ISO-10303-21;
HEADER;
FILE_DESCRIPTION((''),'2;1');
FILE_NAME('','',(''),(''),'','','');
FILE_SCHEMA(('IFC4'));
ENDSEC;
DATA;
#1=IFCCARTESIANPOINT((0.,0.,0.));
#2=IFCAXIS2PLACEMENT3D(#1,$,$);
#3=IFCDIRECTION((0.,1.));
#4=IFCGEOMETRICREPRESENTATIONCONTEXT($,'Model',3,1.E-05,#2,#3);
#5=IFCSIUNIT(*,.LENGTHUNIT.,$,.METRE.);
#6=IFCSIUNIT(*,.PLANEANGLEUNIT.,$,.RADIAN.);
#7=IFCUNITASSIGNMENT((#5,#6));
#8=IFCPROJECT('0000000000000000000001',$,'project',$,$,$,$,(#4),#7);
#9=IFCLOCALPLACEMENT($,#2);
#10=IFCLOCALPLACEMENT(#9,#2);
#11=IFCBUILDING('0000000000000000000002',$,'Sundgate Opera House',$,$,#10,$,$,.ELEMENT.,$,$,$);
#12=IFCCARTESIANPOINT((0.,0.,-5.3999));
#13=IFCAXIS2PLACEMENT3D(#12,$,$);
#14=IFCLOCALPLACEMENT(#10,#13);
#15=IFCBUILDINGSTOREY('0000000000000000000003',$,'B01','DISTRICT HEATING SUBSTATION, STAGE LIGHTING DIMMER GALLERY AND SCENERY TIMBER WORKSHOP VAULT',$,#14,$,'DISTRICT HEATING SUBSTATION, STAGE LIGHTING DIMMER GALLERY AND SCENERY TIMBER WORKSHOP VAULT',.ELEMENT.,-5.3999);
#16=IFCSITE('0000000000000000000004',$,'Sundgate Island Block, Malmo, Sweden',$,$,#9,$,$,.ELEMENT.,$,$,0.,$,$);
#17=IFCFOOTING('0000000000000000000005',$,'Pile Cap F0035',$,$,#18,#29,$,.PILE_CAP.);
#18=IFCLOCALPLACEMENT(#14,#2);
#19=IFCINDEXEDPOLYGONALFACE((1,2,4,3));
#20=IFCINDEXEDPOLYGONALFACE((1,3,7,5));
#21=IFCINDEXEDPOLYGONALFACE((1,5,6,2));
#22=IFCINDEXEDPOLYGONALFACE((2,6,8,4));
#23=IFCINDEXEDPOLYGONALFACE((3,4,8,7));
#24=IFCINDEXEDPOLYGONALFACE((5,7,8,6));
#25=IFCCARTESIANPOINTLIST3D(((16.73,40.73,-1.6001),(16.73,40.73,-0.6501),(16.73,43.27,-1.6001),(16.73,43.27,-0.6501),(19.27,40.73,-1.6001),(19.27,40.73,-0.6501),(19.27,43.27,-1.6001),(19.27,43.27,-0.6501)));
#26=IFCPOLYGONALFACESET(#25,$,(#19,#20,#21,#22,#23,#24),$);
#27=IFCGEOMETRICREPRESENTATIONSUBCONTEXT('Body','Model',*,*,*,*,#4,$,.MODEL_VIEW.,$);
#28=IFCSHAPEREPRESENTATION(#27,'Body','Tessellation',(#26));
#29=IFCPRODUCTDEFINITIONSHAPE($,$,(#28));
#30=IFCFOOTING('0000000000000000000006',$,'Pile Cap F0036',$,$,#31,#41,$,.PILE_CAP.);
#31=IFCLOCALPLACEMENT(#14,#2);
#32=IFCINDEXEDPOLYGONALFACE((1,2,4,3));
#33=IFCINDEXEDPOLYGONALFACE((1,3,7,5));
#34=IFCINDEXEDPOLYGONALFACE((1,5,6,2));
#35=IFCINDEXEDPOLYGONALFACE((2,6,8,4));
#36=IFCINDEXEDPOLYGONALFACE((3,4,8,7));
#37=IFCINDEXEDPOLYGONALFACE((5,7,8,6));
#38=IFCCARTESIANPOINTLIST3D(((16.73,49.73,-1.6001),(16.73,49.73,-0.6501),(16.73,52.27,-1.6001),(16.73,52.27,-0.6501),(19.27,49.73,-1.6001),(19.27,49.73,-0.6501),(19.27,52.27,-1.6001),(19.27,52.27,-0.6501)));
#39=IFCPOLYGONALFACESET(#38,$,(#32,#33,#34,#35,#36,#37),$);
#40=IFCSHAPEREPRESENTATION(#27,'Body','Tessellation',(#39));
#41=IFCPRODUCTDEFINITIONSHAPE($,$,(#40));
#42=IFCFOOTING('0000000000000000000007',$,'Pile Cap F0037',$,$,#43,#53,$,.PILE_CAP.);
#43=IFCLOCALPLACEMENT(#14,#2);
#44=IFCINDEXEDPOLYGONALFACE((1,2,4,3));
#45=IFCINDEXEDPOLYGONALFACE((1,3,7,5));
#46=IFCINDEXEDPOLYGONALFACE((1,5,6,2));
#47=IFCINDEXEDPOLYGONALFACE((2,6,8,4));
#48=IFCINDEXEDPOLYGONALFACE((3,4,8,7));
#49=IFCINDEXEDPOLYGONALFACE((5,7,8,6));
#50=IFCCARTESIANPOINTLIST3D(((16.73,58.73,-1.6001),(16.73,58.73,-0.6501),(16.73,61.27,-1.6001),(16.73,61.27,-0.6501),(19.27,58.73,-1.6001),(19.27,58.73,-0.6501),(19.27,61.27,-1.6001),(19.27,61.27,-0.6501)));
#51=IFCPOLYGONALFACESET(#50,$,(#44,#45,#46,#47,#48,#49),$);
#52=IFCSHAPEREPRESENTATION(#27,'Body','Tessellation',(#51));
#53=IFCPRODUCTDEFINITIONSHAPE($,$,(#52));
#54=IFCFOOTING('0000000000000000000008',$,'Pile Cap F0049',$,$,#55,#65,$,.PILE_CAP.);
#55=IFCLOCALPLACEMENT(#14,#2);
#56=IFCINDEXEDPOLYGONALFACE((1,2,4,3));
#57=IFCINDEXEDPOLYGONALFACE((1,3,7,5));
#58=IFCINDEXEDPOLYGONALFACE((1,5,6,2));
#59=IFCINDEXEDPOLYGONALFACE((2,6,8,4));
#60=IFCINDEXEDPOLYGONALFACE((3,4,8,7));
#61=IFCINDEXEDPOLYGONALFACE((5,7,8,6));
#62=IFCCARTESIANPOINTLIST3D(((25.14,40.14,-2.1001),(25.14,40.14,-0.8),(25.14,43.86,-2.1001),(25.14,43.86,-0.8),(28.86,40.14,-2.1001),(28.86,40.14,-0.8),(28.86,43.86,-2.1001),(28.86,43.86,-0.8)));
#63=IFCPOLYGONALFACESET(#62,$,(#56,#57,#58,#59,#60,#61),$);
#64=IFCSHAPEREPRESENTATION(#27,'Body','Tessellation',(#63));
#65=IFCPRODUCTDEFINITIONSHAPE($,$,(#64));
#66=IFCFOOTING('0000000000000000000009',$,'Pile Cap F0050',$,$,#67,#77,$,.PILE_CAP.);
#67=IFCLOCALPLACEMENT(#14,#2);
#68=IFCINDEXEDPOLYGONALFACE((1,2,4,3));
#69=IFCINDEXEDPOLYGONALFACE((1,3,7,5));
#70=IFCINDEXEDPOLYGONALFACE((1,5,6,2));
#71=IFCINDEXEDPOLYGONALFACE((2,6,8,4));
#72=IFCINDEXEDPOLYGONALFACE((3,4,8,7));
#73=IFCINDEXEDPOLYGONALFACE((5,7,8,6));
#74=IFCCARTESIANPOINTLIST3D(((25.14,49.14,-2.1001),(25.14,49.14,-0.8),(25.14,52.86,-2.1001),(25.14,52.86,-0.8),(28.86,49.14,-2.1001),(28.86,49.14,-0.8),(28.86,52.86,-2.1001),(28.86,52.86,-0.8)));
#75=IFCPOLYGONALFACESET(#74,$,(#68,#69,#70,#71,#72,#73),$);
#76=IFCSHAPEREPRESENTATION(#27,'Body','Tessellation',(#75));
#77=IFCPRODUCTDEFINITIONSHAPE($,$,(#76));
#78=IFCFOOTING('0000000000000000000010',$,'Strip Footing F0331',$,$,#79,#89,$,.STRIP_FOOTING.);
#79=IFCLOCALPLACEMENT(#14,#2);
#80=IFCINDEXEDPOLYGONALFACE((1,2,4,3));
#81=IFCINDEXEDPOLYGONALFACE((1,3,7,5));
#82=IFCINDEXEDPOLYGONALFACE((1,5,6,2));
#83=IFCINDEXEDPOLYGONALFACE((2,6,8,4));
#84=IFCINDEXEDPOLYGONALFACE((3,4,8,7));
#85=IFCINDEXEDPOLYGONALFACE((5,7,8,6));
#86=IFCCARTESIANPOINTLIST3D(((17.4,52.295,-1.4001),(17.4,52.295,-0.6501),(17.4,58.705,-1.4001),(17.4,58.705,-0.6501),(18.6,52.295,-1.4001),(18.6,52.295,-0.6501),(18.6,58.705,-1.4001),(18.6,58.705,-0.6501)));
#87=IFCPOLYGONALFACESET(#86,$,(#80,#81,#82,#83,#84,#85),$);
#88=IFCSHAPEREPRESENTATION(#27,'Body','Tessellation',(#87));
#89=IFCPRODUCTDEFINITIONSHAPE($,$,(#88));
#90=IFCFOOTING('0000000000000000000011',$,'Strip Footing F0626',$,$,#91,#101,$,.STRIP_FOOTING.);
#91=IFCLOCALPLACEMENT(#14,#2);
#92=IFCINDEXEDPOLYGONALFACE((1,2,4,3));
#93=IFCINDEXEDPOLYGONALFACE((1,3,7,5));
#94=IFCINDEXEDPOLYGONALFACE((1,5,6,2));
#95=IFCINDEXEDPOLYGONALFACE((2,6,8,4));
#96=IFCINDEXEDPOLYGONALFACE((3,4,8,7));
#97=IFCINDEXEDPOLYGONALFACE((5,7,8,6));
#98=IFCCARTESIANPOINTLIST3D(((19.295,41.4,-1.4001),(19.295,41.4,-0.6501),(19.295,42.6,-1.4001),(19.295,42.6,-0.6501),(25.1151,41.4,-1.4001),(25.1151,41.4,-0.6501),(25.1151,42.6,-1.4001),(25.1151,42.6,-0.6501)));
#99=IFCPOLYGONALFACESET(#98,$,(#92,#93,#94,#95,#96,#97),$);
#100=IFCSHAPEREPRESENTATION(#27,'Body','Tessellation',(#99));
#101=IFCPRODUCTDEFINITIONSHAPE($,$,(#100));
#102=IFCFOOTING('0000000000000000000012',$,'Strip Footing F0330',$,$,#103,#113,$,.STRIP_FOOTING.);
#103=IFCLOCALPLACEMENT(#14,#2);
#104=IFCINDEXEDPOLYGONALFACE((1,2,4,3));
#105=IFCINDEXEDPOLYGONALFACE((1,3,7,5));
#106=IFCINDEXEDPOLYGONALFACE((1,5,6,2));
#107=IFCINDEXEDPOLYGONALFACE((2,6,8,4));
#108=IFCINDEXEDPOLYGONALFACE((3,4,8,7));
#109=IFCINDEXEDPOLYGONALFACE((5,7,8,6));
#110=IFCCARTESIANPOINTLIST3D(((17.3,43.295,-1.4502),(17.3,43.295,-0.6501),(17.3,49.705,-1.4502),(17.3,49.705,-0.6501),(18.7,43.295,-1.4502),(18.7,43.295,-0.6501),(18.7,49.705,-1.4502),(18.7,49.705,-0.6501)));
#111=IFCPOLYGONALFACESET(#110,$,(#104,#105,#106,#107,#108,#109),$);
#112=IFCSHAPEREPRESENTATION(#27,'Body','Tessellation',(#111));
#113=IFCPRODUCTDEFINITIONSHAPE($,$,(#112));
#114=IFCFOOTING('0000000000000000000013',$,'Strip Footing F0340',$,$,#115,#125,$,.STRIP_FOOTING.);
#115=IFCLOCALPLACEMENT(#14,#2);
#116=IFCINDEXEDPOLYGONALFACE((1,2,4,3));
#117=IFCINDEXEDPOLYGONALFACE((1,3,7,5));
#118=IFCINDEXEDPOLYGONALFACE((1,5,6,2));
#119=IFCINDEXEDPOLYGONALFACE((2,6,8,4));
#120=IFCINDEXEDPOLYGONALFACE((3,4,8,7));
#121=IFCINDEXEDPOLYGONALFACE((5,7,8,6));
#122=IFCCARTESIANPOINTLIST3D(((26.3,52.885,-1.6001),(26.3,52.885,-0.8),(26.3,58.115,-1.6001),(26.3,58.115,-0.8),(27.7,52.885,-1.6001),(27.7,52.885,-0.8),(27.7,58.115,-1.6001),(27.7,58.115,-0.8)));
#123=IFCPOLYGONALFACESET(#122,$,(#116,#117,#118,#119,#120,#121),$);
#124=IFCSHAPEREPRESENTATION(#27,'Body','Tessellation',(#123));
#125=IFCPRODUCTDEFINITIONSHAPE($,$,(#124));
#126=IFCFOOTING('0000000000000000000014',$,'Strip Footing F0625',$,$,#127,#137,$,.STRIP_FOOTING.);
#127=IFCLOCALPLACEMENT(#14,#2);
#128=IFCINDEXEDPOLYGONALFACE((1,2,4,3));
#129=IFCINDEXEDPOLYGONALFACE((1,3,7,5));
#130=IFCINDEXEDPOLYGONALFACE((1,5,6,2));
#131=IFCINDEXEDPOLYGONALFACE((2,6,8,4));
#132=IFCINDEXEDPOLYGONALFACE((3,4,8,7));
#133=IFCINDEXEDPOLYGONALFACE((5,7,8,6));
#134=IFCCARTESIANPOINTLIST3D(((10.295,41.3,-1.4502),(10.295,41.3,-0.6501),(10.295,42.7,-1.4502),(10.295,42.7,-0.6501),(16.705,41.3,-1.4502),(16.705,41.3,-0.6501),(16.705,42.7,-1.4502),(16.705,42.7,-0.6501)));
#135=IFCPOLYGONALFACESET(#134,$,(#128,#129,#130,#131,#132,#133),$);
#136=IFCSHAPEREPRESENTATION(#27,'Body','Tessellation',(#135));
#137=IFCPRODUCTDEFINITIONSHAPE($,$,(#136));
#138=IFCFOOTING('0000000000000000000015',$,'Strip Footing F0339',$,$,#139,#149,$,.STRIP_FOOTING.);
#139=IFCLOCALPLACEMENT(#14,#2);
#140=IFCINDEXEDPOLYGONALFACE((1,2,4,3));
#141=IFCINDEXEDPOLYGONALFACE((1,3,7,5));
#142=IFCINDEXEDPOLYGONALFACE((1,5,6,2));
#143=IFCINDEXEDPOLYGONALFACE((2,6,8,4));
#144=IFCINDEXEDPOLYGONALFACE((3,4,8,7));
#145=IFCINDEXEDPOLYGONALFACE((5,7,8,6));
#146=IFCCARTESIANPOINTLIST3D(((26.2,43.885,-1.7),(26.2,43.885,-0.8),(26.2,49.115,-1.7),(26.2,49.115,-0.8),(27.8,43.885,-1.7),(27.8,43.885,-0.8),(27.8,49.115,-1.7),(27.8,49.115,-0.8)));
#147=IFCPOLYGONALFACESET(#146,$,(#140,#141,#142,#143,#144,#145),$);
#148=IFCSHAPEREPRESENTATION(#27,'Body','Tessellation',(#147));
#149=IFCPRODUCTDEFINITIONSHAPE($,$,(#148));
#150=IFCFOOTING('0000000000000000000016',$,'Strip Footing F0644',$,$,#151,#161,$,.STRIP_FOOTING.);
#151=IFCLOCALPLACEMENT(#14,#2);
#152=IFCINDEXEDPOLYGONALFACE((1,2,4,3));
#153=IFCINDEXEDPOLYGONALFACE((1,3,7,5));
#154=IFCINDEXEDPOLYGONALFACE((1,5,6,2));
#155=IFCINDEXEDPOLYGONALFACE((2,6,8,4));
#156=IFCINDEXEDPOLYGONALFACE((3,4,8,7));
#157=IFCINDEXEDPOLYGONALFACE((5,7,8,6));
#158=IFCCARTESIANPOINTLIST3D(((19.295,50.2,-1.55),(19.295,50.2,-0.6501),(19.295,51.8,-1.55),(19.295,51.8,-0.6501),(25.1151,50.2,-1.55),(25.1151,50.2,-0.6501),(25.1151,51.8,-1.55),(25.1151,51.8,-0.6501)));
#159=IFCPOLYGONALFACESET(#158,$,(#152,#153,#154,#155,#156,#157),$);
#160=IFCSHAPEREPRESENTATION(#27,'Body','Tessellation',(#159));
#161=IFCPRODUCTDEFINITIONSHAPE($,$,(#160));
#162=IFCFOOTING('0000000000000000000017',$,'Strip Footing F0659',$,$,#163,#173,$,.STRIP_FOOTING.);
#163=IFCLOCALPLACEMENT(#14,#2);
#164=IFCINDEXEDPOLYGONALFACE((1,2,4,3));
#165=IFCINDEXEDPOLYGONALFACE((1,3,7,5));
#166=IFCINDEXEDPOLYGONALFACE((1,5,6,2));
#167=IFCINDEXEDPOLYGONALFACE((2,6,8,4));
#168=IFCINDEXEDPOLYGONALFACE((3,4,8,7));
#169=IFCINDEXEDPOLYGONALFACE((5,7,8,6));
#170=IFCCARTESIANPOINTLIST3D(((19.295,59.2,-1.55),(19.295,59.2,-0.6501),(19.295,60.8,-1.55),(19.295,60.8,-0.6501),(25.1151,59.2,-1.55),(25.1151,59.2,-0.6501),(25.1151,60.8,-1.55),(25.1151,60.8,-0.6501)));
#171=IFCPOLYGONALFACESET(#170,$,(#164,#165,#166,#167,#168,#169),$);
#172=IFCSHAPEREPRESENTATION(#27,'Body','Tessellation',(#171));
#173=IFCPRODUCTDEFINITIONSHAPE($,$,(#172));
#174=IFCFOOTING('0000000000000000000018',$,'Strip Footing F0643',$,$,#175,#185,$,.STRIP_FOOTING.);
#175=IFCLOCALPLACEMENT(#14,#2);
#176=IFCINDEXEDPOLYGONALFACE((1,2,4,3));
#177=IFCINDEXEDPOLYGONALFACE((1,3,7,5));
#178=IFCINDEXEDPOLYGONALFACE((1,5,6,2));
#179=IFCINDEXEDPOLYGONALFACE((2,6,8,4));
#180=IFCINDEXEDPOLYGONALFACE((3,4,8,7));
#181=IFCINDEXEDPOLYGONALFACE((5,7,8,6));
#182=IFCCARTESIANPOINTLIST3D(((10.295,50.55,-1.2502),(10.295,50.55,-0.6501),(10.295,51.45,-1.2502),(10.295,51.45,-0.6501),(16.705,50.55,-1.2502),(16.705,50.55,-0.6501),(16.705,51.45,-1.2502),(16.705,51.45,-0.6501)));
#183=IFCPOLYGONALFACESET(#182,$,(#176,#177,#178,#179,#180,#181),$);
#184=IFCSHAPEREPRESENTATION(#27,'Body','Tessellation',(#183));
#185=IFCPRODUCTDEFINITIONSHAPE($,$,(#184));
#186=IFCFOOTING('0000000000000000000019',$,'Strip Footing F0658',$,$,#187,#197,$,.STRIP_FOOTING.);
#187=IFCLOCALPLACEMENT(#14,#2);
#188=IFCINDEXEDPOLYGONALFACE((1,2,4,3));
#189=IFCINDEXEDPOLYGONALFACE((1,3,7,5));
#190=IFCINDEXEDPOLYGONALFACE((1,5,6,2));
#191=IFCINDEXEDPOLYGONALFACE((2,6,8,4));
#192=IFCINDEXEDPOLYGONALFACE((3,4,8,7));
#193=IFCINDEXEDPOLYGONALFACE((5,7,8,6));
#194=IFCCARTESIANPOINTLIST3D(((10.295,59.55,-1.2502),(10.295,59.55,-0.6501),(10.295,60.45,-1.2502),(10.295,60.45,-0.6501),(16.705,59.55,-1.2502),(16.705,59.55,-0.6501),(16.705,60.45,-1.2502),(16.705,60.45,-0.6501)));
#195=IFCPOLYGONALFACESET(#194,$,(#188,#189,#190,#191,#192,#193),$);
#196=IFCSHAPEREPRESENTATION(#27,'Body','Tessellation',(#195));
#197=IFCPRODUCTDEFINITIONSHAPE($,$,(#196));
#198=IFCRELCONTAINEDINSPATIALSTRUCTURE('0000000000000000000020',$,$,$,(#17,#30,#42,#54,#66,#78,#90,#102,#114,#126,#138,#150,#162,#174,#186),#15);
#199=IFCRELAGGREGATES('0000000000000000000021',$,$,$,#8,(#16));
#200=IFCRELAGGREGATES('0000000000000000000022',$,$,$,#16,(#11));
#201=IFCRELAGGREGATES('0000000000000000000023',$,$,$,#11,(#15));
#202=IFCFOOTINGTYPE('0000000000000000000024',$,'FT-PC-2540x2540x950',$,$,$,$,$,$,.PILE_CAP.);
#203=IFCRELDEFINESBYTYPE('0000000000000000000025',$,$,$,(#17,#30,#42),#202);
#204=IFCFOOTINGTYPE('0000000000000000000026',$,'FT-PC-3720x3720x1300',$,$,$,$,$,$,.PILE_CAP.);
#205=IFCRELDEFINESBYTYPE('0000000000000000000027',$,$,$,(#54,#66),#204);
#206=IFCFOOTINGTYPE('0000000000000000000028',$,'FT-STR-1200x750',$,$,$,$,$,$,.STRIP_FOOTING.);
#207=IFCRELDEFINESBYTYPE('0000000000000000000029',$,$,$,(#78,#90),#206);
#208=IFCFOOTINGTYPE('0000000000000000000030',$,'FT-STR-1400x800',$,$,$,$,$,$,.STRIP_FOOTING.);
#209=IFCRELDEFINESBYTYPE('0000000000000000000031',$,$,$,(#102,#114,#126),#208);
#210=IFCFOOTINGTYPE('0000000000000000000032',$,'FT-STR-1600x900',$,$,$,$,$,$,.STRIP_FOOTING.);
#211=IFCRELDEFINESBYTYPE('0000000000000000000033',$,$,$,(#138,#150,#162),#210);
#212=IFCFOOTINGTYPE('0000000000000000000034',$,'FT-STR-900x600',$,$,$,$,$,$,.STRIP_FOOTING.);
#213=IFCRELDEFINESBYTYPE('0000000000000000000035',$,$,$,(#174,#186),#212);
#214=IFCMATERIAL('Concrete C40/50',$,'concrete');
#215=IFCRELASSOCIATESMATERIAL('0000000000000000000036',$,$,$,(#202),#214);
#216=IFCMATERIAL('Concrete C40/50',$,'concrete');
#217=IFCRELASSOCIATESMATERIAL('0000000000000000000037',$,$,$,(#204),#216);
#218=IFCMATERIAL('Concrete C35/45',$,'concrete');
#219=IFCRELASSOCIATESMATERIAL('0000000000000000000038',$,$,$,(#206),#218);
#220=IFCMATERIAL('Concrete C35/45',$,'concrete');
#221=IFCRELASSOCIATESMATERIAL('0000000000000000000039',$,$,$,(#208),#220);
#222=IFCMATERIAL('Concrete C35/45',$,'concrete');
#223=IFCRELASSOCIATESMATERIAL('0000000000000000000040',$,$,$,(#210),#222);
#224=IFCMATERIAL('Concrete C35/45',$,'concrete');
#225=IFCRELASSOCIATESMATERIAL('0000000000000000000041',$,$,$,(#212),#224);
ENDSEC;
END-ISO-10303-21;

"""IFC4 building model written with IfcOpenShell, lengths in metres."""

from ifc_helpers import new_model, si_unit, direction, frame, origin, origin_2d, place, context, subcontext, project, spatial, rectangle, extrude, material, type_object, element, save


model = new_model("IFC4")

# Units and contexts
model_context = context("Model", 3, precision=1e-05, world=origin(), true_north=direction((0.0, 1.0)))
body_context = subcontext(model_context, "Body", "Model", "MODEL_VIEW")
ifc_project = project(units=[si_unit("LENGTHUNIT", "METRE"), si_unit("PLANEANGLEUNIT", "RADIAN")], contexts=[model_context])

# Site, building, storey
site_placement = place(None, origin())
site = spatial("IfcSite", under=ifc_project, at=site_placement, Name="Sundgate Island Block, Malmo, Sweden", CompositionType="ELEMENT", RefElevation=0.0)
building_placement = place(site_placement, origin())
building = spatial("IfcBuilding", under=site, at=building_placement, Name="Sundgate Opera House", CompositionType="ELEMENT")
storey_placement = place(building_placement, frame((0.0, 0.0, -5.3999)))
storey = spatial("IfcBuildingStorey", under=building, at=storey_placement, Name="B01", Description="DISTRICT HEATING SUBSTATION, STAGE LIGHTING DIMMER GALLERY AND SCENERY TIMBER WORKSHOP VAULT", LongName="DISTRICT HEATING SUBSTATION, STAGE LIGHTING DIMMER GALLERY AND SCENERY TIMBER WORKSHOP VAULT", CompositionType="ELEMENT", Elevation=-5.3999)

# Footings
ifc_material_1 = material(Name="Concrete C40/50", Category="concrete")
footing_type_1 = type_object("IfcFootingType", Name="FT-PC-2540x2540x950", PredefinedType="PILE_CAP", material=ifc_material_1)
for number, where, z_axis, x_axis, name in (
    (1, (18.0, 42.0, -1.6001), (0.0, 0.0, 1.0), (1.0, 0.0, 0.0), "Pile Cap F0035"),
    (2, (18.0, 51.0, -1.6001), (0.0, 0.0, 1.0), (1.0, 0.0, 0.0), "Pile Cap F0036"),
    (3, (18.0, 60.0, -1.6001), (0.0, 0.0, 1.0), (1.0, 0.0, 0.0), "Pile Cap F0037"),
):
    element("IfcFooting", number, at=place(storey_placement, frame(where, z_axis=z_axis, x_axis=x_axis)), inside=storey, type_object=footing_type_1, Name=name, PredefinedType="PILE_CAP", context=body_context, shape_type="SweptSolid", body=[
        extrude(rectangle(XDim=2.54, YDim=2.54, at=origin_2d()), origin(), (0.0, 0.0, 1.0), 0.95),
    ])
ifc_material_2 = material(Name="Concrete C40/50", Category="concrete")
footing_type_2 = type_object("IfcFootingType", Name="FT-PC-3720x3720x1300", PredefinedType="PILE_CAP", material=ifc_material_2)
for number, where, z_axis, x_axis, name in (
    (4, (27.0, 42.0, -2.1001), (0.0, 0.0, 1.0), (1.0, 0.0, 0.0), "Pile Cap F0049"),
    (5, (27.0, 51.0, -2.1001), (0.0, 0.0, 1.0), (1.0, 0.0, 0.0), "Pile Cap F0050"),
):
    element("IfcFooting", number, at=place(storey_placement, frame(where, z_axis=z_axis, x_axis=x_axis)), inside=storey, type_object=footing_type_2, Name=name, PredefinedType="PILE_CAP", context=body_context, shape_type="SweptSolid", body=[
        extrude(rectangle(XDim=3.72, YDim=3.72, at=origin_2d()), origin(), (0.0, 0.0, 1.0), 1.3),
    ])
ifc_material_3 = material(Name="Concrete C35/45", Category="concrete")
footing_type_3 = type_object("IfcFootingType", Name="FT-STR-1200x750", PredefinedType="STRIP_FOOTING", material=ifc_material_3)
footing_1_placement = place(storey_placement, frame((18.0, 55.5, -1.4001), z_axis=(0.0, 0.0, 1.0), x_axis=(1.0, 0.0, 0.0)))
element("IfcFooting", 6, at=footing_1_placement, inside=storey, type_object=footing_type_3, Name="Strip Footing F0331", PredefinedType="STRIP_FOOTING", context=body_context, shape_type="SweptSolid", body=[
    extrude(rectangle(XDim=1.2, YDim=6.4099, at=origin_2d()), origin(), (0.0, 0.0, 1.0), 0.75),
])
footing_2_placement = place(storey_placement, frame((22.2051, 42.0, -1.4001), z_axis=(0.0, 0.0, 1.0), x_axis=(1.0, 0.0, 0.0)))
element("IfcFooting", 7, at=footing_2_placement, inside=storey, type_object=footing_type_3, Name="Strip Footing F0626", PredefinedType="STRIP_FOOTING", context=body_context, shape_type="SweptSolid", body=[
    extrude(rectangle(XDim=5.8201, YDim=1.2, at=origin_2d()), origin(), (0.0, 0.0, 1.0), 0.75),
])
ifc_material_4 = material(Name="Concrete C35/45", Category="concrete")
footing_type_4 = type_object("IfcFootingType", Name="FT-STR-1400x800", PredefinedType="STRIP_FOOTING", material=ifc_material_4)
footing_3_placement = place(storey_placement, frame((18.0, 46.5, -1.4502), z_axis=(0.0, 0.0, 1.0), x_axis=(1.0, 0.0, 0.0)))
element("IfcFooting", 8, at=footing_3_placement, inside=storey, type_object=footing_type_4, Name="Strip Footing F0330", PredefinedType="STRIP_FOOTING", context=body_context, shape_type="SweptSolid", body=[
    extrude(rectangle(XDim=1.3999, YDim=6.4099, at=origin_2d()), origin(), (0.0, 0.0, 1.0), 0.8),
])
footing_4_placement = place(storey_placement, frame((27.0, 55.5, -1.6001), z_axis=(0.0, 0.0, 1.0), x_axis=(1.0, 0.0, 0.0)))
element("IfcFooting", 9, at=footing_4_placement, inside=storey, type_object=footing_type_4, Name="Strip Footing F0340", PredefinedType="STRIP_FOOTING", context=body_context, shape_type="SweptSolid", body=[
    extrude(rectangle(XDim=1.3999, YDim=5.23, at=origin_2d()), origin(), (0.0, 0.0, 1.0), 0.8),
])
footing_5_placement = place(storey_placement, frame((13.5, 42.0, -1.4502), z_axis=(0.0, 0.0, 1.0), x_axis=(1.0, 0.0, 0.0)))
element("IfcFooting", 10, at=footing_5_placement, inside=storey, type_object=footing_type_4, Name="Strip Footing F0625", PredefinedType="STRIP_FOOTING", context=body_context, shape_type="SweptSolid", body=[
    extrude(rectangle(XDim=6.4099, YDim=1.3999, at=origin_2d()), origin(), (0.0, 0.0, 1.0), 0.8),
])
ifc_material_5 = material(Name="Concrete C35/45", Category="concrete")
footing_type_5 = type_object("IfcFootingType", Name="FT-STR-1600x900", PredefinedType="STRIP_FOOTING", material=ifc_material_5)
footing_6_placement = place(storey_placement, frame((27.0, 46.5, -1.7), z_axis=(0.0, 0.0, 1.0), x_axis=(1.0, 0.0, 0.0)))
element("IfcFooting", 11, at=footing_6_placement, inside=storey, type_object=footing_type_5, Name="Strip Footing F0339", PredefinedType="STRIP_FOOTING", context=body_context, shape_type="SweptSolid", body=[
    extrude(rectangle(XDim=1.6001, YDim=5.23, at=origin_2d()), origin(), (0.0, 0.0, 1.0), 0.8999),
])
for number, where, z_axis, x_axis, name in (
    (12, (22.2051, 51.0, -1.55), (0.0, 0.0, 1.0), (1.0, 0.0, 0.0), "Strip Footing F0644"),
    (13, (22.2051, 60.0, -1.55), (0.0, 0.0, 1.0), (1.0, 0.0, 0.0), "Strip Footing F0659"),
):
    element("IfcFooting", number, at=place(storey_placement, frame(where, z_axis=z_axis, x_axis=x_axis)), inside=storey, type_object=footing_type_5, Name=name, PredefinedType="STRIP_FOOTING", context=body_context, shape_type="SweptSolid", body=[
        extrude(rectangle(XDim=5.8201, YDim=1.6001, at=origin_2d()), origin(), (0.0, 0.0, 1.0), 0.8999),
    ])
ifc_material_6 = material(Name="Concrete C35/45", Category="concrete")
footing_type_6 = type_object("IfcFootingType", Name="FT-STR-900x600", PredefinedType="STRIP_FOOTING", material=ifc_material_6)
for number, where, z_axis, x_axis, name in (
    (14, (13.5, 51.0, -1.2502), (0.0, 0.0, 1.0), (1.0, 0.0, 0.0), "Strip Footing F0643"),
    (15, (13.5, 60.0, -1.2502), (0.0, 0.0, 1.0), (1.0, 0.0, 0.0), "Strip Footing F0658"),
):
    element("IfcFooting", number, at=place(storey_placement, frame(where, z_axis=z_axis, x_axis=x_axis)), inside=storey, type_object=footing_type_6, Name=name, PredefinedType="STRIP_FOOTING", context=body_context, shape_type="SweptSolid", body=[
        extrude(rectangle(XDim=6.4099, YDim=0.8999, at=origin_2d()), origin(), (0.0, 0.0, 1.0), 0.6001),
    ])

save(model, "model.ifc")
